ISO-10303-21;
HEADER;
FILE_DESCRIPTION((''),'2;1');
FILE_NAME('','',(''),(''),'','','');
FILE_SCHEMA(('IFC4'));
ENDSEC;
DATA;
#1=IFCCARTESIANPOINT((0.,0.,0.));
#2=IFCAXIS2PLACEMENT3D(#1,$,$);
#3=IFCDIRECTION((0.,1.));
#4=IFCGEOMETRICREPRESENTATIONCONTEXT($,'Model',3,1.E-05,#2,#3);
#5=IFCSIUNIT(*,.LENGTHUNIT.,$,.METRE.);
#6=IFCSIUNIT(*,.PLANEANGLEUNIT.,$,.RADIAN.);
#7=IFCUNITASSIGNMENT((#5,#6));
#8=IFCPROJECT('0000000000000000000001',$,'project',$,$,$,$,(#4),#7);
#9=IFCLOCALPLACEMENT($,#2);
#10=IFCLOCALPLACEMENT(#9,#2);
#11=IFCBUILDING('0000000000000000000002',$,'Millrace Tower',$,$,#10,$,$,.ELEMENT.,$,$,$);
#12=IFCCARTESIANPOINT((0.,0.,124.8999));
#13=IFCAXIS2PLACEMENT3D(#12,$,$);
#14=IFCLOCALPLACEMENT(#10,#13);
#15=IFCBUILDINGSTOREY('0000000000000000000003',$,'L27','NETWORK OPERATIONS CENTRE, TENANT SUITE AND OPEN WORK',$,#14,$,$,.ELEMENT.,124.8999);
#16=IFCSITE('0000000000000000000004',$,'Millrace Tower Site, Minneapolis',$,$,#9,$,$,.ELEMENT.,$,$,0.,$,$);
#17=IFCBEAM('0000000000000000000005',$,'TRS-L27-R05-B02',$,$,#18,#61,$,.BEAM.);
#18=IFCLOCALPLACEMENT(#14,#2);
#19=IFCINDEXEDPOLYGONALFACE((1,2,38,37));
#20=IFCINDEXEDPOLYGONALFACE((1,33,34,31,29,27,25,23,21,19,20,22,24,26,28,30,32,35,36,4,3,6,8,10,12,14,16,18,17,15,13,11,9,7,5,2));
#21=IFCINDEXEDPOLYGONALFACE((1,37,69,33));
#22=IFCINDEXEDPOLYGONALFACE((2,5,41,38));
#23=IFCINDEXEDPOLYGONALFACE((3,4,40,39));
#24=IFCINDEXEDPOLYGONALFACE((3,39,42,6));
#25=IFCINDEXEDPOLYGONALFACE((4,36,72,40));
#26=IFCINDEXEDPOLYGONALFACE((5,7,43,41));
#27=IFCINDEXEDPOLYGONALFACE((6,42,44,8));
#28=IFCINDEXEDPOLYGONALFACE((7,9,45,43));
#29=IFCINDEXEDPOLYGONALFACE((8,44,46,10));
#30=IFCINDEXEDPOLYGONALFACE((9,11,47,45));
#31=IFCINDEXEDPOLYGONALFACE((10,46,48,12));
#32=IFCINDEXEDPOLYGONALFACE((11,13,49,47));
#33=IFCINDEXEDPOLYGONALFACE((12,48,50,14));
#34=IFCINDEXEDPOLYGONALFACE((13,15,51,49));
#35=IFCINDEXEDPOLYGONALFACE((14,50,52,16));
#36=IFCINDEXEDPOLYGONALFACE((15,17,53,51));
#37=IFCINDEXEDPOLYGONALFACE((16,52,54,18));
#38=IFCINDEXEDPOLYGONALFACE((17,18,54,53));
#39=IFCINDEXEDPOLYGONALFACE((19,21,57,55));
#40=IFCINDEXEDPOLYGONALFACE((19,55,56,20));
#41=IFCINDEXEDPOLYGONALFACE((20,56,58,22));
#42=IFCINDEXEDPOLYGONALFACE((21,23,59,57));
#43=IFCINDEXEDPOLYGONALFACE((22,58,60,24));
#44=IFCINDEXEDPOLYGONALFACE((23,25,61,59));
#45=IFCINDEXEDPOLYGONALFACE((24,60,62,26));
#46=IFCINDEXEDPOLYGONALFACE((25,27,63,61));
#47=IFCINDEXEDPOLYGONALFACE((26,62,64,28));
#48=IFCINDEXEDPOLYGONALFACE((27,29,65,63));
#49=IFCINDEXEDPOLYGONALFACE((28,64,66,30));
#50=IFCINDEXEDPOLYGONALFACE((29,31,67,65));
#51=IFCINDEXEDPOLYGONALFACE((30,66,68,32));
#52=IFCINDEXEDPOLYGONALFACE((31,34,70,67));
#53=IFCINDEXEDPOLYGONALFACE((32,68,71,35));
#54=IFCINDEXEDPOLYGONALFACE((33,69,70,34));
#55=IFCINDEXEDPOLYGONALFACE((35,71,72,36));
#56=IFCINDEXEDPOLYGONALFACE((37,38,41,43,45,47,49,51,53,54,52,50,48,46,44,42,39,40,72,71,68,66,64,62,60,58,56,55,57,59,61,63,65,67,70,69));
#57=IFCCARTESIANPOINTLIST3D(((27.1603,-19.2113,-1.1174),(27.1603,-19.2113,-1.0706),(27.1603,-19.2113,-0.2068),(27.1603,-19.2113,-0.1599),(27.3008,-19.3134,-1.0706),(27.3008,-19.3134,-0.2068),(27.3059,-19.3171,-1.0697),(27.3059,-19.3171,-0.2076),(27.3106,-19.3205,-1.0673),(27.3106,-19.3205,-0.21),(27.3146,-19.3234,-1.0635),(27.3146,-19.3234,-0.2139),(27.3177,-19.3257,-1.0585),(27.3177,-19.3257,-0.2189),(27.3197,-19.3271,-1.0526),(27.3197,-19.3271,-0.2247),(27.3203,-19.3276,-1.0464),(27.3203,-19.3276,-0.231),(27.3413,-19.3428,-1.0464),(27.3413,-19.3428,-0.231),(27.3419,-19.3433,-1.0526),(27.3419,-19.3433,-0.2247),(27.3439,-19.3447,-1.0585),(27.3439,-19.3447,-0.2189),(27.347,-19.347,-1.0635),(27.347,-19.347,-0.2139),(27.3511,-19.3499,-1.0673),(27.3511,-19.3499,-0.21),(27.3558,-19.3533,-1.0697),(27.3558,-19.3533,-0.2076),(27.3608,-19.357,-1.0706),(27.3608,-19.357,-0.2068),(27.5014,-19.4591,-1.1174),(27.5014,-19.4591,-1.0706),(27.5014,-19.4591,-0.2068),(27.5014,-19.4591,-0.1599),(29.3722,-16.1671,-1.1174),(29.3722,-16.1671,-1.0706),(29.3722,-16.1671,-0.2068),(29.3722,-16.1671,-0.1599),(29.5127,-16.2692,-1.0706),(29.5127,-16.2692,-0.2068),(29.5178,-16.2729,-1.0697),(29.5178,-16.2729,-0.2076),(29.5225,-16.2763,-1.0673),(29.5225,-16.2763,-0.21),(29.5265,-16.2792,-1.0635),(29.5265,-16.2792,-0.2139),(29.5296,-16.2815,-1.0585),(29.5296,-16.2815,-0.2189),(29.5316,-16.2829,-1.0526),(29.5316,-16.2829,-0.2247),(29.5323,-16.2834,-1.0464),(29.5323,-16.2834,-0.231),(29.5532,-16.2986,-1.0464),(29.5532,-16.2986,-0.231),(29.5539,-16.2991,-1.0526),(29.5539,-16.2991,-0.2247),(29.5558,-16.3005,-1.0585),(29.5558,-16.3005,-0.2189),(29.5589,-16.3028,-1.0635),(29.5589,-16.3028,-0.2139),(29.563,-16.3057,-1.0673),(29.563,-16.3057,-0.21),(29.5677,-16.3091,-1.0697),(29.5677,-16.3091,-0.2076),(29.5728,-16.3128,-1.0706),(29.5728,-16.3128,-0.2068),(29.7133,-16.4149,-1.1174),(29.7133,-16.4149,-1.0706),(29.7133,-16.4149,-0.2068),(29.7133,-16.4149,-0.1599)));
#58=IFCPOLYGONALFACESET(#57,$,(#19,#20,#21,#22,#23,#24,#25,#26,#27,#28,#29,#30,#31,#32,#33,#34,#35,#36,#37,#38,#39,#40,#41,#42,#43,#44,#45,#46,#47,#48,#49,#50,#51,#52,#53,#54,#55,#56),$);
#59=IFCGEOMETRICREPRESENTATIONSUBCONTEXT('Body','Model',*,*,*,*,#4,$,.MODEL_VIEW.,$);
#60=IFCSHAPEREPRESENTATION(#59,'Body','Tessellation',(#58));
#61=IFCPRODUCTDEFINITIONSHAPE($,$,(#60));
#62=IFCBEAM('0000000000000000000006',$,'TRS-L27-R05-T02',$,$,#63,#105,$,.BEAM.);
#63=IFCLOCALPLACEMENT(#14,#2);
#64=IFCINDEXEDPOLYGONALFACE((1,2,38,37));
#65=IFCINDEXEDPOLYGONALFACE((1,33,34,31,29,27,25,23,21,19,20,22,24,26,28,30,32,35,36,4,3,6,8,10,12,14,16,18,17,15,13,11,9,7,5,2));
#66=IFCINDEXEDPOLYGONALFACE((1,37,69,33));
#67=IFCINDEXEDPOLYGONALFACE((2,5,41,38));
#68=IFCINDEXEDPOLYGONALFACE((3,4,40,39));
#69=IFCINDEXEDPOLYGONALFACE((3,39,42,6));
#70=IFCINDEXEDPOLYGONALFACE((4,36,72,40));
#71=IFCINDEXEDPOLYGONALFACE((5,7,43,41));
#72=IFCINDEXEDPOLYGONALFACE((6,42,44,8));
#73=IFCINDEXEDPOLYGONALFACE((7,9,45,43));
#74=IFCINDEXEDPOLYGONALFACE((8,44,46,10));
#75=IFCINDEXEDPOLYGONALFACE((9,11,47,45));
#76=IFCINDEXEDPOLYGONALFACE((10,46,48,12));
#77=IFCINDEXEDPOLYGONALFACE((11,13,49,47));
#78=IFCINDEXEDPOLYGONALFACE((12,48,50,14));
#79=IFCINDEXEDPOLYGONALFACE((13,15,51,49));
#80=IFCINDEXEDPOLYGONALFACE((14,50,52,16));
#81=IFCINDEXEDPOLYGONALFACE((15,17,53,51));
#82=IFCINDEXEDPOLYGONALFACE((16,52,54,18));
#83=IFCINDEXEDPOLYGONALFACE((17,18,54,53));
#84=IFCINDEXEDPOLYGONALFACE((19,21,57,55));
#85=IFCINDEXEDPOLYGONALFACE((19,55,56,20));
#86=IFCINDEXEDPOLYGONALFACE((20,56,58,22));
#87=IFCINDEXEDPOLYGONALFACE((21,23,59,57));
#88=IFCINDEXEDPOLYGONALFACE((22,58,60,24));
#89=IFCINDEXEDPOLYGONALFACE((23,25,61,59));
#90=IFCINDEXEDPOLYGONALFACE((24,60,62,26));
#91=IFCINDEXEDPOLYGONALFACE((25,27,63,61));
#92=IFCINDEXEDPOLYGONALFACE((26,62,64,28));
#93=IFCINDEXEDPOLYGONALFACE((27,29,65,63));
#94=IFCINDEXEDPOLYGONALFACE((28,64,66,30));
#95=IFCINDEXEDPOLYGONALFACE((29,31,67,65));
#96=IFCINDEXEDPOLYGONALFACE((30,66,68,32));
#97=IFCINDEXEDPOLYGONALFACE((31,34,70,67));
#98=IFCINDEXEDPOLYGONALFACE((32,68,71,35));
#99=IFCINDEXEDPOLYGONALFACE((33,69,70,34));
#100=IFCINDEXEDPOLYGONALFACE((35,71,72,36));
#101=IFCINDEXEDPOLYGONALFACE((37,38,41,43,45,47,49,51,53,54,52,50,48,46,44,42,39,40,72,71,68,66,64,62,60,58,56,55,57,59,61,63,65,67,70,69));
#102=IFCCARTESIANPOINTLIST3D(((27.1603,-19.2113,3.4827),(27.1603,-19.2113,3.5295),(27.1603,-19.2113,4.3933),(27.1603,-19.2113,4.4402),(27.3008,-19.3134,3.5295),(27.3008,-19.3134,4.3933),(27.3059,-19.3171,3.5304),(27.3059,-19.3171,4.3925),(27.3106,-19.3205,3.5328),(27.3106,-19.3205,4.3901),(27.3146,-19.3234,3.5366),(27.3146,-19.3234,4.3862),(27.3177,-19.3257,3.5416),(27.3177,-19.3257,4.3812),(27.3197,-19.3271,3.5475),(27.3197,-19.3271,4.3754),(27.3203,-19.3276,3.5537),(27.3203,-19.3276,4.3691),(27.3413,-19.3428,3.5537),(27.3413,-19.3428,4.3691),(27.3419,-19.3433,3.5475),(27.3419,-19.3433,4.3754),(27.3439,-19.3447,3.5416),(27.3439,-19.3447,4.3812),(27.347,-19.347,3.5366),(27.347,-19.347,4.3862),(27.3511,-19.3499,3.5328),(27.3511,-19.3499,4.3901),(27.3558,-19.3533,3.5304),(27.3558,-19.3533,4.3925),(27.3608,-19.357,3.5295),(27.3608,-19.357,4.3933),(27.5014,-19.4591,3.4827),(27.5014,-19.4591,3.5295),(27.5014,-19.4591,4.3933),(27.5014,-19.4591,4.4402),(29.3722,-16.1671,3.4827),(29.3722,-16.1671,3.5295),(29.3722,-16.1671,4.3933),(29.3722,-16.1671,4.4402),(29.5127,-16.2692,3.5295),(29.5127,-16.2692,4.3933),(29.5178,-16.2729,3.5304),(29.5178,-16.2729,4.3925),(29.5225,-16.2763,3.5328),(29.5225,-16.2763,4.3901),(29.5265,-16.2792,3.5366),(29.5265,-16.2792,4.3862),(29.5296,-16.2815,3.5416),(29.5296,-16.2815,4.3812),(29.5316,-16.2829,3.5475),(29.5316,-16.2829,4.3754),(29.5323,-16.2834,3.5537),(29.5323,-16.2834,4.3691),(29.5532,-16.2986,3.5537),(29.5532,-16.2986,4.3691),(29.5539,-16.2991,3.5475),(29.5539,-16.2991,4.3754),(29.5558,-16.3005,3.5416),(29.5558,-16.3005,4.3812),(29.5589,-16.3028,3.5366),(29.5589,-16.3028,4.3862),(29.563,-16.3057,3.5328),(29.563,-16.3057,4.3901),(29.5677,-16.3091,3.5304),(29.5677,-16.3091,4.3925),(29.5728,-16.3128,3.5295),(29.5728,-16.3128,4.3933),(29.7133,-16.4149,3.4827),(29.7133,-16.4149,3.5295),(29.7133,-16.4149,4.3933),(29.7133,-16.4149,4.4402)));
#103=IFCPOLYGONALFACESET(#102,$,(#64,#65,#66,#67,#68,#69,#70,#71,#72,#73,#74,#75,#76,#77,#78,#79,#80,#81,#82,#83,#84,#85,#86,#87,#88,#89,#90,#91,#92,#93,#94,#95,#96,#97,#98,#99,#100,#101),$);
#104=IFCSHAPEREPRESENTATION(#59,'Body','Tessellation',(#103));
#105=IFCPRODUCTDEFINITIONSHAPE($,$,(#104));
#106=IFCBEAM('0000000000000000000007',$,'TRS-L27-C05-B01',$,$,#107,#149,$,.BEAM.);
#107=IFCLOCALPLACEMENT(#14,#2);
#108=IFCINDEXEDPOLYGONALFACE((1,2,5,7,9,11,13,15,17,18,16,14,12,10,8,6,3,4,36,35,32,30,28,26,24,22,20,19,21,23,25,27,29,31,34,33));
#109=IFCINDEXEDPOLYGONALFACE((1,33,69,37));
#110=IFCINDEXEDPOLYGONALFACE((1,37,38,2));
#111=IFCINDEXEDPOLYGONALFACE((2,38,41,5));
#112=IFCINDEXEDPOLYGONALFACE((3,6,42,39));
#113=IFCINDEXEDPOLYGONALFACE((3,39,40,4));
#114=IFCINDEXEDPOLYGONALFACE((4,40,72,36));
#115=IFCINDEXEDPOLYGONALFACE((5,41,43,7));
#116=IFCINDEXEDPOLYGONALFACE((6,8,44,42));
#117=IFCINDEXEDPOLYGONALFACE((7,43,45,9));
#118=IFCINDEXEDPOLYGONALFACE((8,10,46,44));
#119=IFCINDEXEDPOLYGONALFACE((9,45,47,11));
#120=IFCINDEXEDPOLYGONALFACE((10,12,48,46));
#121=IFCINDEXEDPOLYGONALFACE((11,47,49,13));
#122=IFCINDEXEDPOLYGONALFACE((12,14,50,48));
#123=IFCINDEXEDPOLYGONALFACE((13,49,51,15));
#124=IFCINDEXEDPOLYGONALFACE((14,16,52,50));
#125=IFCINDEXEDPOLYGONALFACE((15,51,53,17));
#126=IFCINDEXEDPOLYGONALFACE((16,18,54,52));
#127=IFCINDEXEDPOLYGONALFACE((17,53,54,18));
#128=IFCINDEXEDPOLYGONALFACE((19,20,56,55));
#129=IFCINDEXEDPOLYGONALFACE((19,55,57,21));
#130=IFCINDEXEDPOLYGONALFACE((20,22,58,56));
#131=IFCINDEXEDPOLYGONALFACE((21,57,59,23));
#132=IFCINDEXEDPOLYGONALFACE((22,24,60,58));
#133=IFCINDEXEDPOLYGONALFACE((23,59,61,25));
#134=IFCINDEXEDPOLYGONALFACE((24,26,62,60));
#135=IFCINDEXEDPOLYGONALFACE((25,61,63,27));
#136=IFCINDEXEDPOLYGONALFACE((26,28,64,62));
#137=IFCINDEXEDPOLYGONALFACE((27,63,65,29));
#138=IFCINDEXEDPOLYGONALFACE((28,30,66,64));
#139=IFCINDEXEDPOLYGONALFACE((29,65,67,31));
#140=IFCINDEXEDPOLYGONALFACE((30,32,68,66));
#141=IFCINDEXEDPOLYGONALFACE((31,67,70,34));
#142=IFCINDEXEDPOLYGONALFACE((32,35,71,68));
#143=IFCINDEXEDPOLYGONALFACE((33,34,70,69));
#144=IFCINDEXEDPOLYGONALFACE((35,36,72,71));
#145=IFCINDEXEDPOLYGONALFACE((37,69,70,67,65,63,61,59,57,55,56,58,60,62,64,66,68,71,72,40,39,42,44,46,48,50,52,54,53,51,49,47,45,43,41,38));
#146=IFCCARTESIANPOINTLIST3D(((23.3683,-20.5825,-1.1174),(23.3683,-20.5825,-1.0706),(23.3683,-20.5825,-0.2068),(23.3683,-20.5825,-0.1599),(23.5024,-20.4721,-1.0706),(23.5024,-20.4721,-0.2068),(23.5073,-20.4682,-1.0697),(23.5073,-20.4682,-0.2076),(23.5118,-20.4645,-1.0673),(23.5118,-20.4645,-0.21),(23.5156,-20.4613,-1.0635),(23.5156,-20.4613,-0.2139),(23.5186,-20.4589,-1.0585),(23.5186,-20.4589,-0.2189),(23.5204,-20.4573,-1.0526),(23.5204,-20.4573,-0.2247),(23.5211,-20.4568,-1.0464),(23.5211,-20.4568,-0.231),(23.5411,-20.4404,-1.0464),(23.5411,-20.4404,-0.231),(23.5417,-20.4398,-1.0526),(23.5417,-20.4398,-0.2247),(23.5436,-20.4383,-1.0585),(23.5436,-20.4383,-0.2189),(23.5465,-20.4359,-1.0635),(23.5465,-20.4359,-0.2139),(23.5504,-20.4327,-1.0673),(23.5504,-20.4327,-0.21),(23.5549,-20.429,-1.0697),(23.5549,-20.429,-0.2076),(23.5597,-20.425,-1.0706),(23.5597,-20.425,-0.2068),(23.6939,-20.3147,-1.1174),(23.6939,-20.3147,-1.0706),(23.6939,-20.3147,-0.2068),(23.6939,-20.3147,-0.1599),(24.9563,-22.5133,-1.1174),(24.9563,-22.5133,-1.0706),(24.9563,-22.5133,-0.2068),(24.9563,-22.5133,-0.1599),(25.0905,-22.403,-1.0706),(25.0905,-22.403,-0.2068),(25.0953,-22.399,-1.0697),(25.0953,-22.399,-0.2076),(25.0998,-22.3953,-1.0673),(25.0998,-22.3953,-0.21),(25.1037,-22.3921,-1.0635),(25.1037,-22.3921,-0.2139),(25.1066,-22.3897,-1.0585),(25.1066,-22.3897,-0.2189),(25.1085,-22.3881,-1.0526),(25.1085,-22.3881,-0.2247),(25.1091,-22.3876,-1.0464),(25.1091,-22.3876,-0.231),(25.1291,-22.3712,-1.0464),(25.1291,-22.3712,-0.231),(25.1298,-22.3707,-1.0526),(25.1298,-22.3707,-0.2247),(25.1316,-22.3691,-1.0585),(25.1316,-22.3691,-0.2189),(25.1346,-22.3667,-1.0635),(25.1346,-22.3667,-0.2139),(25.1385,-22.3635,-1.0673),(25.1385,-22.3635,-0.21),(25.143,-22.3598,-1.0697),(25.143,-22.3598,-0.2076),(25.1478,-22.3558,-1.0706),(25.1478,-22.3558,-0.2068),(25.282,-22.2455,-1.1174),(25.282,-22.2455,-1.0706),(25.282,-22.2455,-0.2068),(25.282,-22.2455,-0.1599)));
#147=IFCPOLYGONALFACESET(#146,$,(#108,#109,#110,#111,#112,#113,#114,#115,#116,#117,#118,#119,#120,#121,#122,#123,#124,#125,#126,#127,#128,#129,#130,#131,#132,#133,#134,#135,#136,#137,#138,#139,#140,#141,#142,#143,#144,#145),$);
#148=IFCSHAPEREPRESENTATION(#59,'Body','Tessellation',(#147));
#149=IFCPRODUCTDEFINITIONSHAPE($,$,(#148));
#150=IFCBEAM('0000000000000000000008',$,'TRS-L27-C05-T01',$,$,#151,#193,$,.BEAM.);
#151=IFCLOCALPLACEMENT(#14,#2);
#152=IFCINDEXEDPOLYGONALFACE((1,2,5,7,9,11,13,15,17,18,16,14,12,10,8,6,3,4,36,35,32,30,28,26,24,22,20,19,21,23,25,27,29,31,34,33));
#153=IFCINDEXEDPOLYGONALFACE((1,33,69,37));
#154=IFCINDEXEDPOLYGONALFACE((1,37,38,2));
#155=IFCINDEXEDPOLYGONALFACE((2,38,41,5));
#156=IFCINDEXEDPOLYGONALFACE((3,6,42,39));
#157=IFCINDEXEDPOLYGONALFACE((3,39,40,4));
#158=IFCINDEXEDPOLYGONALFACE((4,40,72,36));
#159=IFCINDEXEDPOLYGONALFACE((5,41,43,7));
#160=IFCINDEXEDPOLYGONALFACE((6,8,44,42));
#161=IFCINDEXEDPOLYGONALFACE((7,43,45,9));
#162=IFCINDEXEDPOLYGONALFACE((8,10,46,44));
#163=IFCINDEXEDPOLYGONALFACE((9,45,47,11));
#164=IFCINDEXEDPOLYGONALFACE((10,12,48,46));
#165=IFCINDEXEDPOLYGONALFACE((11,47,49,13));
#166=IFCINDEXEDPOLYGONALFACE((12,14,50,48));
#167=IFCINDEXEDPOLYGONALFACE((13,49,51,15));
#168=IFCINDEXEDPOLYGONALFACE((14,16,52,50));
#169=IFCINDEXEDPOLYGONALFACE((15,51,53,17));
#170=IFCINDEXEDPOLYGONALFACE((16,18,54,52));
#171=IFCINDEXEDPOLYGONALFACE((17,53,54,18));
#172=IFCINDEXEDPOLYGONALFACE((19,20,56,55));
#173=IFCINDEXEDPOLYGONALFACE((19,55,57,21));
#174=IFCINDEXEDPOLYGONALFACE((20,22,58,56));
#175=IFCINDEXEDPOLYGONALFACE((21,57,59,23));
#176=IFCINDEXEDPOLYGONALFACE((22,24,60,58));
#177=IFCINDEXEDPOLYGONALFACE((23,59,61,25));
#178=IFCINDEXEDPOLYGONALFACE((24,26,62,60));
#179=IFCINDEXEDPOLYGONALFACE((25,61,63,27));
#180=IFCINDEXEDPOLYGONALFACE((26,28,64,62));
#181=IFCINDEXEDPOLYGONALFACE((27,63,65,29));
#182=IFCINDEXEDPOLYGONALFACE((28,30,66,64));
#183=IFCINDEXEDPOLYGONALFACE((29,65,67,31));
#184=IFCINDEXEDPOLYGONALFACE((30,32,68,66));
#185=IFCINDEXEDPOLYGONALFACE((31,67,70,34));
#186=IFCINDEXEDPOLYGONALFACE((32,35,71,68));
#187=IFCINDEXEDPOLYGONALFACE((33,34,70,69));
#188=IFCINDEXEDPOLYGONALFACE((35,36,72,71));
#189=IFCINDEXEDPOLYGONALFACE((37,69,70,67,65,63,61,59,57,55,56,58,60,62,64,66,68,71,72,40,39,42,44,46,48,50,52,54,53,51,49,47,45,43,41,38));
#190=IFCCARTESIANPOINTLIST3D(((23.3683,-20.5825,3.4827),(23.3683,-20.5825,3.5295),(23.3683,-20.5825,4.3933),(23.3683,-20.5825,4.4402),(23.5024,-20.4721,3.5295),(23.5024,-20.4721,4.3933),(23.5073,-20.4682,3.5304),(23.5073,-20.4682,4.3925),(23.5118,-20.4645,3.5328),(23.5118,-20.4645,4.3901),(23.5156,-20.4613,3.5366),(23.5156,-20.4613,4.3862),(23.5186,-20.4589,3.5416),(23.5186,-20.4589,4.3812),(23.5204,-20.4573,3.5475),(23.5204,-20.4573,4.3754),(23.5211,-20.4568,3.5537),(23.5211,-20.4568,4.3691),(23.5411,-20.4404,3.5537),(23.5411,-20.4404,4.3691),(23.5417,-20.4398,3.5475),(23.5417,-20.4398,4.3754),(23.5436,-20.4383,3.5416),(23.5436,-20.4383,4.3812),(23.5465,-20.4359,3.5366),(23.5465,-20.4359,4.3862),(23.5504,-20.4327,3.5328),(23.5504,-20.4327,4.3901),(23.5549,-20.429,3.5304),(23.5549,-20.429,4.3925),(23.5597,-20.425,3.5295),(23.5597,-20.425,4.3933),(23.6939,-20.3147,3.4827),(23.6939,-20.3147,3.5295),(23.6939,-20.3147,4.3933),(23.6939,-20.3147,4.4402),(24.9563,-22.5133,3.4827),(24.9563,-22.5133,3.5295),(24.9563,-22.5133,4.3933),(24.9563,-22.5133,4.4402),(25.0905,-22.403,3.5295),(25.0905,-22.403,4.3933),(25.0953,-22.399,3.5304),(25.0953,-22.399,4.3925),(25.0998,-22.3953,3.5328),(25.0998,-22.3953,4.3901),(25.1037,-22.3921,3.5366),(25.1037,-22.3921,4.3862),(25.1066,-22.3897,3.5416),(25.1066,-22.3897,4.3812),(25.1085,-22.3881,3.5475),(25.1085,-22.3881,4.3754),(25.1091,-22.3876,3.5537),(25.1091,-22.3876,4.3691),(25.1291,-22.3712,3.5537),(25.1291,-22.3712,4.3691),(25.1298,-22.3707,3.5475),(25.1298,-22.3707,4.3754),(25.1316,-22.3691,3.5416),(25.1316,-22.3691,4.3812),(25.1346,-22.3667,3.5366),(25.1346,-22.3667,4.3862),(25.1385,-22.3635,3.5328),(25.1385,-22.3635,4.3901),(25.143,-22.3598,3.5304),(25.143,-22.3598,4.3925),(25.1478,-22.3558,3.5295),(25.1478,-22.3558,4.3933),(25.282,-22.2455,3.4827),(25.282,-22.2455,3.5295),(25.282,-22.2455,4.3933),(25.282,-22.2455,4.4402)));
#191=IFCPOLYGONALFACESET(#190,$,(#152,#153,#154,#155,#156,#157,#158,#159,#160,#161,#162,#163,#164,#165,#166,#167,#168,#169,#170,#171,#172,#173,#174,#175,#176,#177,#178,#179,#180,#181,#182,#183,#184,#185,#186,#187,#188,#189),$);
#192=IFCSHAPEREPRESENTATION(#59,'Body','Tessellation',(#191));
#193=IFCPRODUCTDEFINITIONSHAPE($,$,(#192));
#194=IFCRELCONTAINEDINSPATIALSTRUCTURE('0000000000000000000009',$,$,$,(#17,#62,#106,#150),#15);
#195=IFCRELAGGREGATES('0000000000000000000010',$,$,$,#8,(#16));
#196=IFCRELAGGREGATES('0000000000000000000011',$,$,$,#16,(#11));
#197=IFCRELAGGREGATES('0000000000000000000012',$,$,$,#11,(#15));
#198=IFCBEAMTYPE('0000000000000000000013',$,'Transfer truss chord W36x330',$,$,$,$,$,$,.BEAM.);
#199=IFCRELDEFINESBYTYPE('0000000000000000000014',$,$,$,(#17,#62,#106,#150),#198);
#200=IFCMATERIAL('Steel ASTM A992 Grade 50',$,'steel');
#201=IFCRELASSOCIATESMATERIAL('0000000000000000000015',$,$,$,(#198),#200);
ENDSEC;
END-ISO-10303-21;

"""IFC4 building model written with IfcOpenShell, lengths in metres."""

from ifc_helpers import new_model, si_unit, direction, frame, origin, origin_2d, place, context, subcontext, project, spatial, i_section, extrude, material, material_profile, profile_set, type_object, element, save


model = new_model("IFC4")

# Units and contexts
model_context = context("Model", 3, precision=1e-05, world=origin(), true_north=direction((0.0, 1.0)))
body_context = subcontext(model_context, "Body", "Model", "MODEL_VIEW")
ifc_project = project(units=[si_unit("LENGTHUNIT", "METRE"), si_unit("PLANEANGLEUNIT", "RADIAN")], contexts=[model_context])

# Site, building, storey
site_placement = place(None, origin())
site = spatial("IfcSite", under=ifc_project, at=site_placement, Name="Millrace Tower Site, Minneapolis", CompositionType="ELEMENT", RefElevation=0.0)
building_placement = place(site_placement, origin())
building = spatial("IfcBuilding", under=site, at=building_placement, Name="Millrace Tower", CompositionType="ELEMENT")
storey_placement = place(building_placement, frame((0.0, 0.0, 124.8999)))
storey = spatial("IfcBuildingStorey", under=building, at=storey_placement, Name="L27", Description="NETWORK OPERATIONS CENTRE, TENANT SUITE AND OPEN WORK", CompositionType="ELEMENT", Elevation=124.8999)

# Beams
ifc_material_1 = material(Name="Steel ASTM A992 Grade 50", Category="steel")
ifc_material_profile_1 = material_profile(ifc_material_1, i_section(OverallWidth=0.4216, OverallDepth=0.9575, WebThickness=0.0259, FlangeThickness=0.0469, FilletRadius=0.0242, at=origin_2d()))
ifc_profile_set_1 = profile_set([ifc_material_profile_1], Name="Steel ASTM A992 Grade 50")
beam_type = type_object("IfcBeamType", Name="Transfer truss chord W36x330", PredefinedType="BEAM", material=ifc_profile_set_1)
for number, where, z_axis, x_axis, name in (
    (1, (27.3308, -19.3352, -0.6387), (0.587817, 0.808994, 0.0), (-0.808994, 0.587817, 0.0), "TRS-L27-R05-B02"),
    (2, (27.3308, -19.3352, 3.9614), (0.587817, 0.808994, 0.0), (-0.808994, 0.587817, 0.0), "TRS-L27-R05-T02"),
):
    element("IfcBeam", number, at=place(storey_placement, frame(where, z_axis=z_axis, x_axis=x_axis)), inside=storey, type_object=beam_type, Name=name, PredefinedType="BEAM", context=body_context, shape_type="SweptSolid", body=[
        extrude(i_section(OverallWidth=0.4216, OverallDepth=0.9575, WebThickness=0.0259, FlangeThickness=0.0469, FilletRadius=0.0242, at=origin_2d()), origin(), (0.0, 0.0, 1.0), 3.7629),
    ])
for number, where, z_axis, x_axis, name in (
    (3, (25.1191, -22.3794, -0.6387), (-0.635225, 0.772328, 0.0), (-0.772328, -0.635225, 0.0), "TRS-L27-C05-B01"),
    (4, (25.1191, -22.3794, 3.9614), (-0.635225, 0.772328, 0.0), (-0.772328, -0.635225, 0.0), "TRS-L27-C05-T01"),
):
    element("IfcBeam", number, at=place(storey_placement, frame(where, z_axis=z_axis, x_axis=x_axis)), inside=storey, type_object=beam_type, Name=name, PredefinedType="BEAM", context=body_context, shape_type="SweptSolid", body=[
        extrude(i_section(OverallWidth=0.4216, OverallDepth=0.9575, WebThickness=0.0259, FlangeThickness=0.0469, FilletRadius=0.0242, at=origin_2d()), origin(), (0.0, 0.0, 1.0), 2.5),
    ])

save(model, "model.ifc")
